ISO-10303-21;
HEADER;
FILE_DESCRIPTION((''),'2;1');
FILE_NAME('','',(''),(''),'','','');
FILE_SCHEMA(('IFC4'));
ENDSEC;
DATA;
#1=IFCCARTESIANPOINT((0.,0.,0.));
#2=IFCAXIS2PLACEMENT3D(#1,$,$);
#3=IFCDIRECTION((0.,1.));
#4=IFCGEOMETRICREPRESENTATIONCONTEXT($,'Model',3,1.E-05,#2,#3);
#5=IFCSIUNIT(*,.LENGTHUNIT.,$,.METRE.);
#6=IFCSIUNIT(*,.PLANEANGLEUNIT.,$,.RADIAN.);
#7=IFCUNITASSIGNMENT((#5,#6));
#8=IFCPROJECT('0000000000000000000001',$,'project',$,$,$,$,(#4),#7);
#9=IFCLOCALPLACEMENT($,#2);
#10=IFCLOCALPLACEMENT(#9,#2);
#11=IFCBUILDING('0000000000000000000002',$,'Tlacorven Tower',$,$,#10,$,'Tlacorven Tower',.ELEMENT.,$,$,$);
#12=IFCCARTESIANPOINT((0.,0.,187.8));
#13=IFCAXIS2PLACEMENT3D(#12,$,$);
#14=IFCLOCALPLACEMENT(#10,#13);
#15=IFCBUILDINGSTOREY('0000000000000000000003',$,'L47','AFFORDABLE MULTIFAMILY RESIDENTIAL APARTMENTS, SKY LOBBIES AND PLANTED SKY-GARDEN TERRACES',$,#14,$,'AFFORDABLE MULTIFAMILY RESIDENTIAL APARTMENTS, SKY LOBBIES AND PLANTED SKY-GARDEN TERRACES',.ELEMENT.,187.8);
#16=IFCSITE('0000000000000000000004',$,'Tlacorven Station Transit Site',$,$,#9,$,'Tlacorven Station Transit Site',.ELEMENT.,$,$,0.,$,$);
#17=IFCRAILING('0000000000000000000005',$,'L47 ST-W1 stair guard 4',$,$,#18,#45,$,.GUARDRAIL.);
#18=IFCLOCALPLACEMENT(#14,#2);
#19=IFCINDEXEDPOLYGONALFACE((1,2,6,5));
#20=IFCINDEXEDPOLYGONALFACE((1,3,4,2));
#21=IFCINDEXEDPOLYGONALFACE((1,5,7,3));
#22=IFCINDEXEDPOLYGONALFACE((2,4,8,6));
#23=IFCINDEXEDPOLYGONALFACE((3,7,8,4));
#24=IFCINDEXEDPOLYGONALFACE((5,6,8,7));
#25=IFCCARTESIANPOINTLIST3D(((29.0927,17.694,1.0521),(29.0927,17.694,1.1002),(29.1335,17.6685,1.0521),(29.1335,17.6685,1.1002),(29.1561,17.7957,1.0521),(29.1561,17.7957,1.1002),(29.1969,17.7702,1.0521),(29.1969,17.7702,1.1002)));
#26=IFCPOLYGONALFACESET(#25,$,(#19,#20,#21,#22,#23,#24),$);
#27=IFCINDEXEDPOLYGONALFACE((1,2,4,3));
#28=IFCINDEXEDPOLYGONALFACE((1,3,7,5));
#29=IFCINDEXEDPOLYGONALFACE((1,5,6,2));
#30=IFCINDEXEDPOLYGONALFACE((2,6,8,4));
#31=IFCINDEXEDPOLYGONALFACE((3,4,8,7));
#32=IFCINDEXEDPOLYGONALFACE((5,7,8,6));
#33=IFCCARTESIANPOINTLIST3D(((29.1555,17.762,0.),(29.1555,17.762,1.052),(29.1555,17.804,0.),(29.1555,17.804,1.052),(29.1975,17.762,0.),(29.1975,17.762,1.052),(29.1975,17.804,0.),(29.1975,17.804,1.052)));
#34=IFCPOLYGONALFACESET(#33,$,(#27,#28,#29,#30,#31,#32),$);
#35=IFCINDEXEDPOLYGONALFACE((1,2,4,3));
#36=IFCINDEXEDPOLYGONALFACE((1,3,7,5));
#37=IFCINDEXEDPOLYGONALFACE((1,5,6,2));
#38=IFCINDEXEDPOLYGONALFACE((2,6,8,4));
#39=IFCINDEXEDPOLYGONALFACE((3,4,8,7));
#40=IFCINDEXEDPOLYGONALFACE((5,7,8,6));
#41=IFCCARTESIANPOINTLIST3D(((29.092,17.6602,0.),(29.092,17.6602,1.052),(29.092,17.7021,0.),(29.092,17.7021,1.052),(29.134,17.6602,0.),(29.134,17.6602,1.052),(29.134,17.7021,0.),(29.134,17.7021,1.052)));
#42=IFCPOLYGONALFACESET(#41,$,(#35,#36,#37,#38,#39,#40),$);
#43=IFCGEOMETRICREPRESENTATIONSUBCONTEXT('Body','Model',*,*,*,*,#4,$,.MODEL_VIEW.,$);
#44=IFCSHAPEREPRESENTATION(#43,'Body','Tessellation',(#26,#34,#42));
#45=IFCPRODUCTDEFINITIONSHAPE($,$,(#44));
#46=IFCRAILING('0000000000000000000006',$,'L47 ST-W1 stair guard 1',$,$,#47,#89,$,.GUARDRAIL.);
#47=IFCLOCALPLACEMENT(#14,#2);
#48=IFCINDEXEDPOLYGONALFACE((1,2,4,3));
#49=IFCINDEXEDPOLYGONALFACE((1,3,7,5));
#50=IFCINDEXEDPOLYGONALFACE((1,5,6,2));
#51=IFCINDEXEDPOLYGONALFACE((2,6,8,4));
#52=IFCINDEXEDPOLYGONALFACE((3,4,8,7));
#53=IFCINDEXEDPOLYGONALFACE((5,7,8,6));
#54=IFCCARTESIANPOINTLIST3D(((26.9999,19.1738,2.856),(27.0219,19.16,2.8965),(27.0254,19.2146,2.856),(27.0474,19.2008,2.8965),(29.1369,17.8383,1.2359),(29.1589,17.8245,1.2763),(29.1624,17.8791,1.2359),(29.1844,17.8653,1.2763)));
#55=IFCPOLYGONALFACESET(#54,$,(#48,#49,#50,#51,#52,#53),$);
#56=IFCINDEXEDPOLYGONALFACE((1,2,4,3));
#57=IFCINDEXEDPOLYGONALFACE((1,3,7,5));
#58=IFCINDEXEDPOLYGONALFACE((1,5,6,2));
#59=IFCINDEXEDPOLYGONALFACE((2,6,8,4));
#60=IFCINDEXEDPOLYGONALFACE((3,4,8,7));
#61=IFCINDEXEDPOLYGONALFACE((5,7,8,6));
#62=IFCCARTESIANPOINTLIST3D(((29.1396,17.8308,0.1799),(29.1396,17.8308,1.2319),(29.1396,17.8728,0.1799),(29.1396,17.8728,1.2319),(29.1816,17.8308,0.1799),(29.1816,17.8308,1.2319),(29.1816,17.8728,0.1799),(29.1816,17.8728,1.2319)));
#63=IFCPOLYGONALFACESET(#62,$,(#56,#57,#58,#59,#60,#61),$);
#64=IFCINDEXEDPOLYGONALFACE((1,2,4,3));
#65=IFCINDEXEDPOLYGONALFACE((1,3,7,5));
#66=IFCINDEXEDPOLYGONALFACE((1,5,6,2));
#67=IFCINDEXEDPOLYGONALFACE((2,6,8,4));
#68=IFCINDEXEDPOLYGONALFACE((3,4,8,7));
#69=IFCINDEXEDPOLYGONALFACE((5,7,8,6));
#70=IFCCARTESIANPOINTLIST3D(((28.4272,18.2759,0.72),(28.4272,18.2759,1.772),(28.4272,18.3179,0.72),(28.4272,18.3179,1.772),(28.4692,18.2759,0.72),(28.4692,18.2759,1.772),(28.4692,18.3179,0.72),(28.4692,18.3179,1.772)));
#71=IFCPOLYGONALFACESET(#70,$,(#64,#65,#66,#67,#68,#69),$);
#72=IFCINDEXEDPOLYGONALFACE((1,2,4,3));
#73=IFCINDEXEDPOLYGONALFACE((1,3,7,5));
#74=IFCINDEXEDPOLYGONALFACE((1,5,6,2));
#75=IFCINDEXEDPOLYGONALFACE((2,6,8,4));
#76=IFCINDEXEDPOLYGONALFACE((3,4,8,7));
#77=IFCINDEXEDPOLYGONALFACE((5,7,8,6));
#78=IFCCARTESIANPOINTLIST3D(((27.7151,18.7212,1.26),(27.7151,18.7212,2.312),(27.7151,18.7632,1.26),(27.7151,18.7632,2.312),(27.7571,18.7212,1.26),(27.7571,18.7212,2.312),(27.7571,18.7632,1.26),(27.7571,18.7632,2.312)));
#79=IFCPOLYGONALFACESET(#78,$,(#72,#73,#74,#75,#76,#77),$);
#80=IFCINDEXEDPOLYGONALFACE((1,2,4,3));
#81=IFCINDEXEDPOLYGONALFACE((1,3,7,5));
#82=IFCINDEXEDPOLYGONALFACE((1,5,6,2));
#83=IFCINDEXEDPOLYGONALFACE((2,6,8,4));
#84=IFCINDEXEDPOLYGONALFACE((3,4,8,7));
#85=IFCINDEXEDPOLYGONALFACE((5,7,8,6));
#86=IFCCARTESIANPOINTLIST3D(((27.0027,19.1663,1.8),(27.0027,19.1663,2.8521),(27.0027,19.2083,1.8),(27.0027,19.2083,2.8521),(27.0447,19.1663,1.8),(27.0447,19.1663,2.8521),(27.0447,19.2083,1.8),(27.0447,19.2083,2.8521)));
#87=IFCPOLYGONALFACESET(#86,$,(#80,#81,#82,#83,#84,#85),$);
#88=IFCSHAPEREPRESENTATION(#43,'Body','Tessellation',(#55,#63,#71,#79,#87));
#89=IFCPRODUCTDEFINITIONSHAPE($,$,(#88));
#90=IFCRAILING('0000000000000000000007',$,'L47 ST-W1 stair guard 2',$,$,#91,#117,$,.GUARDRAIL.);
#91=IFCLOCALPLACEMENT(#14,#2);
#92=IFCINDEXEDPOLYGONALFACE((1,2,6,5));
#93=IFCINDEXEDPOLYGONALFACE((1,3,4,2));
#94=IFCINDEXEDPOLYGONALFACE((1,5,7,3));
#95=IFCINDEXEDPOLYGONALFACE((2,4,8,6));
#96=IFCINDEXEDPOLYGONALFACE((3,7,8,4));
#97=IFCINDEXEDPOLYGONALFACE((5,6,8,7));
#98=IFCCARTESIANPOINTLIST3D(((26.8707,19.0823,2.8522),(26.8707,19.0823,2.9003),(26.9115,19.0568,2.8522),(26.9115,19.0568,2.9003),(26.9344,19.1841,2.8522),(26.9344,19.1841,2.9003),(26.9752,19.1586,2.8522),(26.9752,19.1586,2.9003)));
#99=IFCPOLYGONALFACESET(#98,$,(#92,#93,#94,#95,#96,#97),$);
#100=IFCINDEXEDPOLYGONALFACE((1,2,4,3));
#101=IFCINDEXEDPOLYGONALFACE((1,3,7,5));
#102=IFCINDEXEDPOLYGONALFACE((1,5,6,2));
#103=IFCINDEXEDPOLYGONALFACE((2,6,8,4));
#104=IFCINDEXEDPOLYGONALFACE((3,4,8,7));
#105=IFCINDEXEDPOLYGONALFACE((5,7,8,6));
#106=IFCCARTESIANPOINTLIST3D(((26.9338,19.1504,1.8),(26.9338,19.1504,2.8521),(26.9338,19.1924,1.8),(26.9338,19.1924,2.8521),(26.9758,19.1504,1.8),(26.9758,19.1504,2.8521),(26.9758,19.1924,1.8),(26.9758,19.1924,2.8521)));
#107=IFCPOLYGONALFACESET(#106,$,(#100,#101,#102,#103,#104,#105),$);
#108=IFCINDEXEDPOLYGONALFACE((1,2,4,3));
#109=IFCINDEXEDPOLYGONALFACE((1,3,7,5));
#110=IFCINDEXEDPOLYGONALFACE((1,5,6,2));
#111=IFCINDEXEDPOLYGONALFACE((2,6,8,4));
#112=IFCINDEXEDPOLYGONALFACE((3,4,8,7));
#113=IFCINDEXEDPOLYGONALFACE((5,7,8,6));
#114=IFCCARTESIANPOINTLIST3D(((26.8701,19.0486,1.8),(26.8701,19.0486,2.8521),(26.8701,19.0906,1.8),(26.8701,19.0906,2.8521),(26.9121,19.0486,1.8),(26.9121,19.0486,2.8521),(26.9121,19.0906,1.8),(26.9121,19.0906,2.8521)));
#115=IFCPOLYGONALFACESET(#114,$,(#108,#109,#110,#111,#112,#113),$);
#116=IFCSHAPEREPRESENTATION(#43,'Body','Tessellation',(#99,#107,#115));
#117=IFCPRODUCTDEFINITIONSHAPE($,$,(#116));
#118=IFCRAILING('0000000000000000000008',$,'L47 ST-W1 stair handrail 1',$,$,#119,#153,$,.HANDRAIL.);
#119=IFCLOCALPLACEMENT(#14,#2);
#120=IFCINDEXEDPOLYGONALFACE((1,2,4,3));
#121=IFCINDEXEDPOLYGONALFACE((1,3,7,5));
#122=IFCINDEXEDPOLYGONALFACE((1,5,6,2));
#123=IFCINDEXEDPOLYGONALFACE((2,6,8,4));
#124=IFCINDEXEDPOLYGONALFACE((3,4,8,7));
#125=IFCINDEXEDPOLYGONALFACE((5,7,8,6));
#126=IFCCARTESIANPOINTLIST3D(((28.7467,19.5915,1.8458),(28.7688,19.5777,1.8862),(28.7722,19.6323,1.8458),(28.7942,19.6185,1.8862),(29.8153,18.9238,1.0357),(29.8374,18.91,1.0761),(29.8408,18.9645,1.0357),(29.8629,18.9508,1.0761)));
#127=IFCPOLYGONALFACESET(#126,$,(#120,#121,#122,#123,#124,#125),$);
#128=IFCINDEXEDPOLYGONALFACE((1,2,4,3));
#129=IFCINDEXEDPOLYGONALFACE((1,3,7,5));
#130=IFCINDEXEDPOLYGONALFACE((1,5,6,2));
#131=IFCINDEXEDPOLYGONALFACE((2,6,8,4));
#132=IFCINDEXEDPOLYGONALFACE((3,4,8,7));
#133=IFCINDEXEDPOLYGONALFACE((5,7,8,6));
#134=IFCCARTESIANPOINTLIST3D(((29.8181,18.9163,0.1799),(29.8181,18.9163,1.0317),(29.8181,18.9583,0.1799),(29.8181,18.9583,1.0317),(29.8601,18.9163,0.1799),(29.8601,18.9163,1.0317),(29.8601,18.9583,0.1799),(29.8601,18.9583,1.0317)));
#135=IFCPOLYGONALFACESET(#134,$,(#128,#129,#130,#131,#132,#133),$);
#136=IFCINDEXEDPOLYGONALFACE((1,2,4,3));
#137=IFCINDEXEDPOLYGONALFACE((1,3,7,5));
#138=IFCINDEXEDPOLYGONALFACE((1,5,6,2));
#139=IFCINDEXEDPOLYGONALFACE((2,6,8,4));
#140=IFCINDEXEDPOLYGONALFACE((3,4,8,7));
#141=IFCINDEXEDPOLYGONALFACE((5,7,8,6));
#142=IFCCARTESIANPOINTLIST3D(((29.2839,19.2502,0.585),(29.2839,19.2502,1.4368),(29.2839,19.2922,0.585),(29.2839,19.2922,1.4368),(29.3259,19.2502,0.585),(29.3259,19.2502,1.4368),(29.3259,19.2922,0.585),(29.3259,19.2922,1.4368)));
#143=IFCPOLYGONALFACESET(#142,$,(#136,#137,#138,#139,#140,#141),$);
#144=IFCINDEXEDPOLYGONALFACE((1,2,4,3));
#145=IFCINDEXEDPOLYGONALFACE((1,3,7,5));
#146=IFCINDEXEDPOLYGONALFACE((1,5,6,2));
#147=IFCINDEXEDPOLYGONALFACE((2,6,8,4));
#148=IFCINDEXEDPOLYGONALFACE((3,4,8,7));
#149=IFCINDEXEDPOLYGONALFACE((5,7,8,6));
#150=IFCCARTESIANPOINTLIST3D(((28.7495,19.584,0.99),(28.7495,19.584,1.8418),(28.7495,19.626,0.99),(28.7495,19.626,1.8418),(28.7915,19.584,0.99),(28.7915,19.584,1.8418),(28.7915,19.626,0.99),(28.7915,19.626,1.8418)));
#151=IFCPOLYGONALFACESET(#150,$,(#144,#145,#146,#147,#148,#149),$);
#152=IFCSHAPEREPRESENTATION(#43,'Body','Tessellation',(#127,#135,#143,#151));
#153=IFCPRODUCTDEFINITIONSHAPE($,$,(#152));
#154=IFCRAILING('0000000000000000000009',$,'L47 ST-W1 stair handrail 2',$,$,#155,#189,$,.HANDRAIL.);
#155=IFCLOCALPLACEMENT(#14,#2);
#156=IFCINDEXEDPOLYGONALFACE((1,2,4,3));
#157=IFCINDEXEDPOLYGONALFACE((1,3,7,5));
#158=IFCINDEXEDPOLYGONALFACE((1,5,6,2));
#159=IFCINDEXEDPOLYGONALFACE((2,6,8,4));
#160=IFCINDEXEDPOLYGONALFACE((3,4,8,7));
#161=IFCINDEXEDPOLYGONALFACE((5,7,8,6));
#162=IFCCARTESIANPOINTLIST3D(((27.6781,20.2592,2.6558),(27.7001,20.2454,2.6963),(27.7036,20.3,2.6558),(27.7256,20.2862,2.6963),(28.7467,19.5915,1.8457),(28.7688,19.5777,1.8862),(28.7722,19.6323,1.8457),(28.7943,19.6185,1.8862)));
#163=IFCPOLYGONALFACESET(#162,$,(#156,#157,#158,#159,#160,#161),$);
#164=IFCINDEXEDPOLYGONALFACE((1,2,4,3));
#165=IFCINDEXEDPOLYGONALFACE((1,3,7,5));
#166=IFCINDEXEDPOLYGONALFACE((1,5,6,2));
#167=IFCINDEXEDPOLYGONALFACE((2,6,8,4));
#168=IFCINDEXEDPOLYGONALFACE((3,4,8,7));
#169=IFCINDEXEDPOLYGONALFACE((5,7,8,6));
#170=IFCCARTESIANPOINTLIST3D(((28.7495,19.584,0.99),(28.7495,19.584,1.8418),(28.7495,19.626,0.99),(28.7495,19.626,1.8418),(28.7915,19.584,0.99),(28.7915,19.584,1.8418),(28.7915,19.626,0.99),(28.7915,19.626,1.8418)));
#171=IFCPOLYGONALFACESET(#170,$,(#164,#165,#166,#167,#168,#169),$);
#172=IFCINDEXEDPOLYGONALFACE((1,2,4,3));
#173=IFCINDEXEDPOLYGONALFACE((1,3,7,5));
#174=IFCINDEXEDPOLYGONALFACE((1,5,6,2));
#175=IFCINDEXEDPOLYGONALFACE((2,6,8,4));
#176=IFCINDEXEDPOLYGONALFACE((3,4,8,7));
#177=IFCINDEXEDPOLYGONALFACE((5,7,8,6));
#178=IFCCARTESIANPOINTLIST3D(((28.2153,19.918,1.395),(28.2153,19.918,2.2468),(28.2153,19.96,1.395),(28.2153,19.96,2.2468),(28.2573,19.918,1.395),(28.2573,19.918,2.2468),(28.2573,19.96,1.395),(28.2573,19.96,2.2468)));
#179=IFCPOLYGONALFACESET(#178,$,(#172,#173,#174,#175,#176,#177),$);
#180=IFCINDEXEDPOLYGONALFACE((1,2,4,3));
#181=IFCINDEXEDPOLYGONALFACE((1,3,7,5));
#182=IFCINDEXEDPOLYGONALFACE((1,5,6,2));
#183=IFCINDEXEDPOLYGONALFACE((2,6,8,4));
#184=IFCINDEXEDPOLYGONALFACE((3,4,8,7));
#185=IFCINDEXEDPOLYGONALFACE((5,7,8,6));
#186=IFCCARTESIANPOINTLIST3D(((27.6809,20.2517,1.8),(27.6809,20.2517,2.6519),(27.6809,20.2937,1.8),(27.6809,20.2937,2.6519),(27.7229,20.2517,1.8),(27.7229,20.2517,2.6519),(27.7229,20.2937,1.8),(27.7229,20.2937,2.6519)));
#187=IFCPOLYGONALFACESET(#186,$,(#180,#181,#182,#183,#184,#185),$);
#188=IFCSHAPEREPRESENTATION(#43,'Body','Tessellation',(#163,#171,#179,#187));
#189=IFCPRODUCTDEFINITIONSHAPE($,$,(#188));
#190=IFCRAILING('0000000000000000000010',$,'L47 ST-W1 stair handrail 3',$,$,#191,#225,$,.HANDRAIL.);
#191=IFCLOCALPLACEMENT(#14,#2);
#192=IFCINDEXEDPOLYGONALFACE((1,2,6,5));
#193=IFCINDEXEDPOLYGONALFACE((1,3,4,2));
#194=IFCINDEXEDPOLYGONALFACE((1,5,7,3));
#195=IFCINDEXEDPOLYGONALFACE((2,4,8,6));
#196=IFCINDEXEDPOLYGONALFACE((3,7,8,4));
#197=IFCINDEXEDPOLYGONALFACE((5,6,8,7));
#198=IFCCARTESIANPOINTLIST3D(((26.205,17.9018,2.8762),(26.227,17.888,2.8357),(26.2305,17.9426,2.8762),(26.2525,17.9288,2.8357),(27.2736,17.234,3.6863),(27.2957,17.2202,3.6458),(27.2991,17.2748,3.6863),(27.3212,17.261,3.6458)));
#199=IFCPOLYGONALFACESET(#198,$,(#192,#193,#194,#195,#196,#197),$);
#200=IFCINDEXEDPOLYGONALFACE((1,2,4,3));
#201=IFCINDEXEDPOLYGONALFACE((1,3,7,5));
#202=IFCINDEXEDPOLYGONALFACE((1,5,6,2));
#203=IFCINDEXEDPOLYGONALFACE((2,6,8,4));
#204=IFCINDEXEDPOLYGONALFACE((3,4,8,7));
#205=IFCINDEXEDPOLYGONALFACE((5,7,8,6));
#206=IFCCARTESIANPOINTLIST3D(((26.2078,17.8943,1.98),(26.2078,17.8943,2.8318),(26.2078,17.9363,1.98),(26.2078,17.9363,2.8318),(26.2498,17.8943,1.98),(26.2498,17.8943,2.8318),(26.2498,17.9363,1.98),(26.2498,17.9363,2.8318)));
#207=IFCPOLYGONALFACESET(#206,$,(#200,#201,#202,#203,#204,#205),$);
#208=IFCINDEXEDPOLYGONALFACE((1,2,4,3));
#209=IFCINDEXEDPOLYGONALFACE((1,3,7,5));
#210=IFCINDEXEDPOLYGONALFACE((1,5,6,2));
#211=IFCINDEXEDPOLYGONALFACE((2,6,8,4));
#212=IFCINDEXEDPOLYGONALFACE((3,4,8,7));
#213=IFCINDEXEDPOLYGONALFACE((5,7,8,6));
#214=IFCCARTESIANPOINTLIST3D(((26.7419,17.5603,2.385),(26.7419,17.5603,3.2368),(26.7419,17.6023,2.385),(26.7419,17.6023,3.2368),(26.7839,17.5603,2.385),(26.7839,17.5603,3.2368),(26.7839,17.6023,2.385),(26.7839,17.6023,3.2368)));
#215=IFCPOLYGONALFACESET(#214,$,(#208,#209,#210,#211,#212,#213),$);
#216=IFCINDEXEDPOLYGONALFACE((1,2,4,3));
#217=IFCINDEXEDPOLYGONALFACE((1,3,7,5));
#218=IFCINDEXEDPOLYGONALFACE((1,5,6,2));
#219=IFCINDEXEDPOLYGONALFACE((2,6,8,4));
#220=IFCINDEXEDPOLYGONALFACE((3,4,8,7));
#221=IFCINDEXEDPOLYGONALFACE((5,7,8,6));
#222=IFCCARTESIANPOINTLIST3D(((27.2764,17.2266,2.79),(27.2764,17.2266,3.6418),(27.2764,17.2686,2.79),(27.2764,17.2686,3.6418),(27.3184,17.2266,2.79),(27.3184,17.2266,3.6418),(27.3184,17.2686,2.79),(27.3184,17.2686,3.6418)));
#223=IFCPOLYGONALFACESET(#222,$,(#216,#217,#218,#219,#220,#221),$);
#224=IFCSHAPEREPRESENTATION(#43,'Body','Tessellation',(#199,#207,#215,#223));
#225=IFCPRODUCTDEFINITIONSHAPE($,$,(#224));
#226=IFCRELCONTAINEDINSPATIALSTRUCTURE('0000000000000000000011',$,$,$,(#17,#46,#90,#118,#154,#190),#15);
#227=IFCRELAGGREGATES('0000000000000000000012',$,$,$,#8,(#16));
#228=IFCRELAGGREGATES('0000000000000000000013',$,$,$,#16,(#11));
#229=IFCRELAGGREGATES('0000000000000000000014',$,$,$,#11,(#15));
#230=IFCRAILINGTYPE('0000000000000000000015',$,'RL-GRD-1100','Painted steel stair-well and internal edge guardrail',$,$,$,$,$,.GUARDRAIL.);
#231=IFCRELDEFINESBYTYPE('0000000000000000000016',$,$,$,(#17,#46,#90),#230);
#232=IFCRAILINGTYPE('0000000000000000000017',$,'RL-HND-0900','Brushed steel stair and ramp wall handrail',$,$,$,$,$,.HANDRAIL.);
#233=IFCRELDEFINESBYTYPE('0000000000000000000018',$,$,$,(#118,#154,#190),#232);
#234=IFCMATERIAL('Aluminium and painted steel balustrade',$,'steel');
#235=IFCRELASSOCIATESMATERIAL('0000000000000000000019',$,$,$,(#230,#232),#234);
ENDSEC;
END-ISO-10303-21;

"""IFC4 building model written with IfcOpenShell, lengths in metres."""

from ifc_helpers import new_model, si_unit, direction, frame, origin, origin_2d, place, context, subcontext, project, spatial, rectangle, extrude, source, transform, mapped, material, type_object, element, save


model = new_model("IFC4")

# Units and contexts
model_context = context("Model", 3, precision=1e-05, world=origin(), true_north=direction((0.0, 1.0)))
body_context = subcontext(model_context, "Body", "Model", "MODEL_VIEW")
ifc_project = project(units=[si_unit("LENGTHUNIT", "METRE"), si_unit("PLANEANGLEUNIT", "RADIAN")], contexts=[model_context])

# Site, building, storey
site_placement = place(None, origin())
site = spatial("IfcSite", under=ifc_project, at=site_placement, Name="Tlacorven Station Transit Site", LongName="Tlacorven Station Transit Site", CompositionType="ELEMENT", RefElevation=0.0)
building_placement = place(site_placement, origin())
building = spatial("IfcBuilding", under=site, at=building_placement, Name="Tlacorven Tower", LongName="Tlacorven Tower", CompositionType="ELEMENT")
storey_placement = place(building_placement, frame((0.0, 0.0, 187.8)))
storey = spatial("IfcBuildingStorey", under=building, at=storey_placement, Name="L47", Description="AFFORDABLE MULTIFAMILY RESIDENTIAL APARTMENTS, SKY LOBBIES AND PLANTED SKY-GARDEN TERRACES", LongName="AFFORDABLE MULTIFAMILY RESIDENTIAL APARTMENTS, SKY LOBBIES AND PLANTED SKY-GARDEN TERRACES", CompositionType="ELEMENT", Elevation=187.8)

# Railings
ifc_material_1 = material(Name="Aluminium and painted steel balustrade", Category="steel")
railing_type_1 = type_object("IfcRailingType", Name="RL-GRD-1100", Description="Painted steel stair-well and internal edge guardrail", PredefinedType="GUARDRAIL", material=ifc_material_1)
shared_shape_1 = source(origin(), body_context, "Body", "SweptSolid", [
    extrude(rectangle(XDim=0.0481, YDim=0.0481, at=origin_2d()), frame((0.0, 0.0, 1.0762), z_axis=(-0.529084, -0.848569, 0.0), x_axis=(0.848569, -0.529084, 0.0)), (0.0, 0.0, 1.0), 0.1199),
    extrude(rectangle(XDim=0.042, YDim=0.042, at=origin_2d()), origin(), (0.0, 0.0, 1.0), 1.052),
    extrude(rectangle(XDim=0.042, YDim=0.042, at=origin_2d()), frame((-0.0635, -0.1018, 0.0)), (0.0, 0.0, 1.0), 1.052),
])
railing_1_placement = place(storey_placement, frame((29.1765, 17.783, 0.0)))
element("IfcRailing", 1, at=railing_1_placement, inside=storey, type_object=railing_type_1, Name="L47 ST-W1 stair guard 4", PredefinedType="GUARDRAIL", context=body_context, shape_type="MappedRepresentation", body=[
    mapped(shared_shape_1, transform((0.0, 0.0, 0.0), scale=1.0)),
])
shared_shape_2 = source(origin(), body_context, "Body", "SweptSolid", [
    extrude(rectangle(XDim=0.0481, YDim=0.0481, at=origin_2d()), frame((0.0, 0.0, 1.0762), z_axis=(-0.71332, 0.445774, 0.540796), x_axis=(-0.529955, -0.848026, 0.0)), (0.0, 0.0, 1.0), 2.9958),
    extrude(rectangle(XDim=0.042, YDim=0.042, at=origin_2d()), origin(), (0.0, 0.0, 1.0), 1.052),
    extrude(rectangle(XDim=0.042, YDim=0.042, at=origin_2d()), frame((-0.7124, 0.4451, 0.54)), (0.0, 0.0, 1.0), 1.052),
    extrude(rectangle(XDim=0.042, YDim=0.042, at=origin_2d()), frame((-1.4246, 0.8904, 1.0801)), (0.0, 0.0, 1.0), 1.052),
    extrude(rectangle(XDim=0.042, YDim=0.042, at=origin_2d()), frame((-2.137, 1.3354, 1.6201)), (0.0, 0.0, 1.0), 1.052),
])
railing_2_placement = place(storey_placement, frame((29.1606, 17.8518, 0.1799)))
element("IfcRailing", 2, at=railing_2_placement, inside=storey, type_object=railing_type_1, Name="L47 ST-W1 stair guard 1", PredefinedType="GUARDRAIL", context=body_context, shape_type="MappedRepresentation", body=[
    mapped(shared_shape_2, transform((0.0, 0.0, 0.0), scale=1.0)),
])
shared_shape_3 = source(origin(), body_context, "Body", "SweptSolid", [
    extrude(rectangle(XDim=0.0481, YDim=0.0481, at=origin_2d()), frame((0.0, 0.0, 1.0762), z_axis=(-0.530547, -0.847656, 0.0), x_axis=(0.847656, -0.530547, 0.0)), (0.0, 0.0, 1.0), 0.1201),
    extrude(rectangle(XDim=0.042, YDim=0.042, at=origin_2d()), origin(), (0.0, 0.0, 1.0), 1.052),
    extrude(rectangle(XDim=0.042, YDim=0.042, at=origin_2d()), frame((-0.0637, -0.1018, 0.0)), (0.0, 0.0, 1.0), 1.052),
])
railing_3_placement = place(storey_placement, frame((26.9548, 19.1714, 1.8)))
element("IfcRailing", 3, at=railing_3_placement, inside=storey, type_object=railing_type_1, Name="L47 ST-W1 stair guard 2", PredefinedType="GUARDRAIL", context=body_context, shape_type="MappedRepresentation", body=[
    mapped(shared_shape_3, transform((0.0, 0.0, 0.0), scale=1.0)),
])
railing_type_2 = type_object("IfcRailingType", Name="RL-HND-0900", Description="Brushed steel stair and ramp wall handrail", PredefinedType="HANDRAIL", material=ifc_material_1)
shared_shape_4 = source(origin(), body_context, "Body", "SweptSolid", [
    extrude(rectangle(XDim=0.0481, YDim=0.0481, at=origin_2d()), frame((0.0, 0.0, 0.876), z_axis=(-0.71336, 0.445748, 0.540765), x_axis=(-0.529912, -0.848053, 0.0)), (0.0, 0.0, 1.0), 1.498),
    extrude(rectangle(XDim=0.042, YDim=0.042, at=origin_2d()), origin(), (0.0, 0.0, 1.0), 0.8518),
    extrude(rectangle(XDim=0.042, YDim=0.042, at=origin_2d()), frame((-0.5342, 0.334, 0.405)), (0.0, 0.0, 1.0), 0.8518),
    extrude(rectangle(XDim=0.042, YDim=0.042, at=origin_2d()), frame((-1.0686, 0.6677, 0.8101)), (0.0, 0.0, 1.0), 0.8518),
])
for number, where, name in (
    (4, (29.8391, 18.9373, 0.1799), "L47 ST-W1 stair handrail 1"),
    (5, (28.7705, 19.605, 0.99), "L47 ST-W1 stair handrail 2"),
):
    element("IfcRailing", number, at=place(storey_placement, frame(where)), inside=storey, type_object=railing_type_2, Name=name, PredefinedType="HANDRAIL", context=body_context, shape_type="MappedRepresentation", body=[
        mapped(shared_shape_4, transform((0.0, 0.0, 0.0), scale=1.0)),
    ])
shared_shape_5 = source(origin(), body_context, "Body", "SweptSolid", [
    extrude(rectangle(XDim=0.0481, YDim=0.0481, at=origin_2d()), frame((0.0, 0.0, 0.876), z_axis=(0.71336, -0.445748, 0.540765), x_axis=(0.529912, 0.848053, 0.0)), (0.0, 0.0, 1.0), 1.498),
    extrude(rectangle(XDim=0.042, YDim=0.042, at=origin_2d()), origin(), (0.0, 0.0, 1.0), 0.8518),
    extrude(rectangle(XDim=0.042, YDim=0.042, at=origin_2d()), frame((0.5342, -0.334, 0.405)), (0.0, 0.0, 1.0), 0.8518),
    extrude(rectangle(XDim=0.042, YDim=0.042, at=origin_2d()), frame((1.0686, -0.6677, 0.8101)), (0.0, 0.0, 1.0), 0.8518),
])
railing_4_placement = place(storey_placement, frame((26.2288, 17.9153, 1.98)))
element("IfcRailing", 6, at=railing_4_placement, inside=storey, type_object=railing_type_2, Name="L47 ST-W1 stair handrail 3", PredefinedType="HANDRAIL", context=body_context, shape_type="MappedRepresentation", body=[
    mapped(shared_shape_5, transform((0.0, 0.0, 0.0), scale=1.0)),
])

save(model, "model.ifc")
